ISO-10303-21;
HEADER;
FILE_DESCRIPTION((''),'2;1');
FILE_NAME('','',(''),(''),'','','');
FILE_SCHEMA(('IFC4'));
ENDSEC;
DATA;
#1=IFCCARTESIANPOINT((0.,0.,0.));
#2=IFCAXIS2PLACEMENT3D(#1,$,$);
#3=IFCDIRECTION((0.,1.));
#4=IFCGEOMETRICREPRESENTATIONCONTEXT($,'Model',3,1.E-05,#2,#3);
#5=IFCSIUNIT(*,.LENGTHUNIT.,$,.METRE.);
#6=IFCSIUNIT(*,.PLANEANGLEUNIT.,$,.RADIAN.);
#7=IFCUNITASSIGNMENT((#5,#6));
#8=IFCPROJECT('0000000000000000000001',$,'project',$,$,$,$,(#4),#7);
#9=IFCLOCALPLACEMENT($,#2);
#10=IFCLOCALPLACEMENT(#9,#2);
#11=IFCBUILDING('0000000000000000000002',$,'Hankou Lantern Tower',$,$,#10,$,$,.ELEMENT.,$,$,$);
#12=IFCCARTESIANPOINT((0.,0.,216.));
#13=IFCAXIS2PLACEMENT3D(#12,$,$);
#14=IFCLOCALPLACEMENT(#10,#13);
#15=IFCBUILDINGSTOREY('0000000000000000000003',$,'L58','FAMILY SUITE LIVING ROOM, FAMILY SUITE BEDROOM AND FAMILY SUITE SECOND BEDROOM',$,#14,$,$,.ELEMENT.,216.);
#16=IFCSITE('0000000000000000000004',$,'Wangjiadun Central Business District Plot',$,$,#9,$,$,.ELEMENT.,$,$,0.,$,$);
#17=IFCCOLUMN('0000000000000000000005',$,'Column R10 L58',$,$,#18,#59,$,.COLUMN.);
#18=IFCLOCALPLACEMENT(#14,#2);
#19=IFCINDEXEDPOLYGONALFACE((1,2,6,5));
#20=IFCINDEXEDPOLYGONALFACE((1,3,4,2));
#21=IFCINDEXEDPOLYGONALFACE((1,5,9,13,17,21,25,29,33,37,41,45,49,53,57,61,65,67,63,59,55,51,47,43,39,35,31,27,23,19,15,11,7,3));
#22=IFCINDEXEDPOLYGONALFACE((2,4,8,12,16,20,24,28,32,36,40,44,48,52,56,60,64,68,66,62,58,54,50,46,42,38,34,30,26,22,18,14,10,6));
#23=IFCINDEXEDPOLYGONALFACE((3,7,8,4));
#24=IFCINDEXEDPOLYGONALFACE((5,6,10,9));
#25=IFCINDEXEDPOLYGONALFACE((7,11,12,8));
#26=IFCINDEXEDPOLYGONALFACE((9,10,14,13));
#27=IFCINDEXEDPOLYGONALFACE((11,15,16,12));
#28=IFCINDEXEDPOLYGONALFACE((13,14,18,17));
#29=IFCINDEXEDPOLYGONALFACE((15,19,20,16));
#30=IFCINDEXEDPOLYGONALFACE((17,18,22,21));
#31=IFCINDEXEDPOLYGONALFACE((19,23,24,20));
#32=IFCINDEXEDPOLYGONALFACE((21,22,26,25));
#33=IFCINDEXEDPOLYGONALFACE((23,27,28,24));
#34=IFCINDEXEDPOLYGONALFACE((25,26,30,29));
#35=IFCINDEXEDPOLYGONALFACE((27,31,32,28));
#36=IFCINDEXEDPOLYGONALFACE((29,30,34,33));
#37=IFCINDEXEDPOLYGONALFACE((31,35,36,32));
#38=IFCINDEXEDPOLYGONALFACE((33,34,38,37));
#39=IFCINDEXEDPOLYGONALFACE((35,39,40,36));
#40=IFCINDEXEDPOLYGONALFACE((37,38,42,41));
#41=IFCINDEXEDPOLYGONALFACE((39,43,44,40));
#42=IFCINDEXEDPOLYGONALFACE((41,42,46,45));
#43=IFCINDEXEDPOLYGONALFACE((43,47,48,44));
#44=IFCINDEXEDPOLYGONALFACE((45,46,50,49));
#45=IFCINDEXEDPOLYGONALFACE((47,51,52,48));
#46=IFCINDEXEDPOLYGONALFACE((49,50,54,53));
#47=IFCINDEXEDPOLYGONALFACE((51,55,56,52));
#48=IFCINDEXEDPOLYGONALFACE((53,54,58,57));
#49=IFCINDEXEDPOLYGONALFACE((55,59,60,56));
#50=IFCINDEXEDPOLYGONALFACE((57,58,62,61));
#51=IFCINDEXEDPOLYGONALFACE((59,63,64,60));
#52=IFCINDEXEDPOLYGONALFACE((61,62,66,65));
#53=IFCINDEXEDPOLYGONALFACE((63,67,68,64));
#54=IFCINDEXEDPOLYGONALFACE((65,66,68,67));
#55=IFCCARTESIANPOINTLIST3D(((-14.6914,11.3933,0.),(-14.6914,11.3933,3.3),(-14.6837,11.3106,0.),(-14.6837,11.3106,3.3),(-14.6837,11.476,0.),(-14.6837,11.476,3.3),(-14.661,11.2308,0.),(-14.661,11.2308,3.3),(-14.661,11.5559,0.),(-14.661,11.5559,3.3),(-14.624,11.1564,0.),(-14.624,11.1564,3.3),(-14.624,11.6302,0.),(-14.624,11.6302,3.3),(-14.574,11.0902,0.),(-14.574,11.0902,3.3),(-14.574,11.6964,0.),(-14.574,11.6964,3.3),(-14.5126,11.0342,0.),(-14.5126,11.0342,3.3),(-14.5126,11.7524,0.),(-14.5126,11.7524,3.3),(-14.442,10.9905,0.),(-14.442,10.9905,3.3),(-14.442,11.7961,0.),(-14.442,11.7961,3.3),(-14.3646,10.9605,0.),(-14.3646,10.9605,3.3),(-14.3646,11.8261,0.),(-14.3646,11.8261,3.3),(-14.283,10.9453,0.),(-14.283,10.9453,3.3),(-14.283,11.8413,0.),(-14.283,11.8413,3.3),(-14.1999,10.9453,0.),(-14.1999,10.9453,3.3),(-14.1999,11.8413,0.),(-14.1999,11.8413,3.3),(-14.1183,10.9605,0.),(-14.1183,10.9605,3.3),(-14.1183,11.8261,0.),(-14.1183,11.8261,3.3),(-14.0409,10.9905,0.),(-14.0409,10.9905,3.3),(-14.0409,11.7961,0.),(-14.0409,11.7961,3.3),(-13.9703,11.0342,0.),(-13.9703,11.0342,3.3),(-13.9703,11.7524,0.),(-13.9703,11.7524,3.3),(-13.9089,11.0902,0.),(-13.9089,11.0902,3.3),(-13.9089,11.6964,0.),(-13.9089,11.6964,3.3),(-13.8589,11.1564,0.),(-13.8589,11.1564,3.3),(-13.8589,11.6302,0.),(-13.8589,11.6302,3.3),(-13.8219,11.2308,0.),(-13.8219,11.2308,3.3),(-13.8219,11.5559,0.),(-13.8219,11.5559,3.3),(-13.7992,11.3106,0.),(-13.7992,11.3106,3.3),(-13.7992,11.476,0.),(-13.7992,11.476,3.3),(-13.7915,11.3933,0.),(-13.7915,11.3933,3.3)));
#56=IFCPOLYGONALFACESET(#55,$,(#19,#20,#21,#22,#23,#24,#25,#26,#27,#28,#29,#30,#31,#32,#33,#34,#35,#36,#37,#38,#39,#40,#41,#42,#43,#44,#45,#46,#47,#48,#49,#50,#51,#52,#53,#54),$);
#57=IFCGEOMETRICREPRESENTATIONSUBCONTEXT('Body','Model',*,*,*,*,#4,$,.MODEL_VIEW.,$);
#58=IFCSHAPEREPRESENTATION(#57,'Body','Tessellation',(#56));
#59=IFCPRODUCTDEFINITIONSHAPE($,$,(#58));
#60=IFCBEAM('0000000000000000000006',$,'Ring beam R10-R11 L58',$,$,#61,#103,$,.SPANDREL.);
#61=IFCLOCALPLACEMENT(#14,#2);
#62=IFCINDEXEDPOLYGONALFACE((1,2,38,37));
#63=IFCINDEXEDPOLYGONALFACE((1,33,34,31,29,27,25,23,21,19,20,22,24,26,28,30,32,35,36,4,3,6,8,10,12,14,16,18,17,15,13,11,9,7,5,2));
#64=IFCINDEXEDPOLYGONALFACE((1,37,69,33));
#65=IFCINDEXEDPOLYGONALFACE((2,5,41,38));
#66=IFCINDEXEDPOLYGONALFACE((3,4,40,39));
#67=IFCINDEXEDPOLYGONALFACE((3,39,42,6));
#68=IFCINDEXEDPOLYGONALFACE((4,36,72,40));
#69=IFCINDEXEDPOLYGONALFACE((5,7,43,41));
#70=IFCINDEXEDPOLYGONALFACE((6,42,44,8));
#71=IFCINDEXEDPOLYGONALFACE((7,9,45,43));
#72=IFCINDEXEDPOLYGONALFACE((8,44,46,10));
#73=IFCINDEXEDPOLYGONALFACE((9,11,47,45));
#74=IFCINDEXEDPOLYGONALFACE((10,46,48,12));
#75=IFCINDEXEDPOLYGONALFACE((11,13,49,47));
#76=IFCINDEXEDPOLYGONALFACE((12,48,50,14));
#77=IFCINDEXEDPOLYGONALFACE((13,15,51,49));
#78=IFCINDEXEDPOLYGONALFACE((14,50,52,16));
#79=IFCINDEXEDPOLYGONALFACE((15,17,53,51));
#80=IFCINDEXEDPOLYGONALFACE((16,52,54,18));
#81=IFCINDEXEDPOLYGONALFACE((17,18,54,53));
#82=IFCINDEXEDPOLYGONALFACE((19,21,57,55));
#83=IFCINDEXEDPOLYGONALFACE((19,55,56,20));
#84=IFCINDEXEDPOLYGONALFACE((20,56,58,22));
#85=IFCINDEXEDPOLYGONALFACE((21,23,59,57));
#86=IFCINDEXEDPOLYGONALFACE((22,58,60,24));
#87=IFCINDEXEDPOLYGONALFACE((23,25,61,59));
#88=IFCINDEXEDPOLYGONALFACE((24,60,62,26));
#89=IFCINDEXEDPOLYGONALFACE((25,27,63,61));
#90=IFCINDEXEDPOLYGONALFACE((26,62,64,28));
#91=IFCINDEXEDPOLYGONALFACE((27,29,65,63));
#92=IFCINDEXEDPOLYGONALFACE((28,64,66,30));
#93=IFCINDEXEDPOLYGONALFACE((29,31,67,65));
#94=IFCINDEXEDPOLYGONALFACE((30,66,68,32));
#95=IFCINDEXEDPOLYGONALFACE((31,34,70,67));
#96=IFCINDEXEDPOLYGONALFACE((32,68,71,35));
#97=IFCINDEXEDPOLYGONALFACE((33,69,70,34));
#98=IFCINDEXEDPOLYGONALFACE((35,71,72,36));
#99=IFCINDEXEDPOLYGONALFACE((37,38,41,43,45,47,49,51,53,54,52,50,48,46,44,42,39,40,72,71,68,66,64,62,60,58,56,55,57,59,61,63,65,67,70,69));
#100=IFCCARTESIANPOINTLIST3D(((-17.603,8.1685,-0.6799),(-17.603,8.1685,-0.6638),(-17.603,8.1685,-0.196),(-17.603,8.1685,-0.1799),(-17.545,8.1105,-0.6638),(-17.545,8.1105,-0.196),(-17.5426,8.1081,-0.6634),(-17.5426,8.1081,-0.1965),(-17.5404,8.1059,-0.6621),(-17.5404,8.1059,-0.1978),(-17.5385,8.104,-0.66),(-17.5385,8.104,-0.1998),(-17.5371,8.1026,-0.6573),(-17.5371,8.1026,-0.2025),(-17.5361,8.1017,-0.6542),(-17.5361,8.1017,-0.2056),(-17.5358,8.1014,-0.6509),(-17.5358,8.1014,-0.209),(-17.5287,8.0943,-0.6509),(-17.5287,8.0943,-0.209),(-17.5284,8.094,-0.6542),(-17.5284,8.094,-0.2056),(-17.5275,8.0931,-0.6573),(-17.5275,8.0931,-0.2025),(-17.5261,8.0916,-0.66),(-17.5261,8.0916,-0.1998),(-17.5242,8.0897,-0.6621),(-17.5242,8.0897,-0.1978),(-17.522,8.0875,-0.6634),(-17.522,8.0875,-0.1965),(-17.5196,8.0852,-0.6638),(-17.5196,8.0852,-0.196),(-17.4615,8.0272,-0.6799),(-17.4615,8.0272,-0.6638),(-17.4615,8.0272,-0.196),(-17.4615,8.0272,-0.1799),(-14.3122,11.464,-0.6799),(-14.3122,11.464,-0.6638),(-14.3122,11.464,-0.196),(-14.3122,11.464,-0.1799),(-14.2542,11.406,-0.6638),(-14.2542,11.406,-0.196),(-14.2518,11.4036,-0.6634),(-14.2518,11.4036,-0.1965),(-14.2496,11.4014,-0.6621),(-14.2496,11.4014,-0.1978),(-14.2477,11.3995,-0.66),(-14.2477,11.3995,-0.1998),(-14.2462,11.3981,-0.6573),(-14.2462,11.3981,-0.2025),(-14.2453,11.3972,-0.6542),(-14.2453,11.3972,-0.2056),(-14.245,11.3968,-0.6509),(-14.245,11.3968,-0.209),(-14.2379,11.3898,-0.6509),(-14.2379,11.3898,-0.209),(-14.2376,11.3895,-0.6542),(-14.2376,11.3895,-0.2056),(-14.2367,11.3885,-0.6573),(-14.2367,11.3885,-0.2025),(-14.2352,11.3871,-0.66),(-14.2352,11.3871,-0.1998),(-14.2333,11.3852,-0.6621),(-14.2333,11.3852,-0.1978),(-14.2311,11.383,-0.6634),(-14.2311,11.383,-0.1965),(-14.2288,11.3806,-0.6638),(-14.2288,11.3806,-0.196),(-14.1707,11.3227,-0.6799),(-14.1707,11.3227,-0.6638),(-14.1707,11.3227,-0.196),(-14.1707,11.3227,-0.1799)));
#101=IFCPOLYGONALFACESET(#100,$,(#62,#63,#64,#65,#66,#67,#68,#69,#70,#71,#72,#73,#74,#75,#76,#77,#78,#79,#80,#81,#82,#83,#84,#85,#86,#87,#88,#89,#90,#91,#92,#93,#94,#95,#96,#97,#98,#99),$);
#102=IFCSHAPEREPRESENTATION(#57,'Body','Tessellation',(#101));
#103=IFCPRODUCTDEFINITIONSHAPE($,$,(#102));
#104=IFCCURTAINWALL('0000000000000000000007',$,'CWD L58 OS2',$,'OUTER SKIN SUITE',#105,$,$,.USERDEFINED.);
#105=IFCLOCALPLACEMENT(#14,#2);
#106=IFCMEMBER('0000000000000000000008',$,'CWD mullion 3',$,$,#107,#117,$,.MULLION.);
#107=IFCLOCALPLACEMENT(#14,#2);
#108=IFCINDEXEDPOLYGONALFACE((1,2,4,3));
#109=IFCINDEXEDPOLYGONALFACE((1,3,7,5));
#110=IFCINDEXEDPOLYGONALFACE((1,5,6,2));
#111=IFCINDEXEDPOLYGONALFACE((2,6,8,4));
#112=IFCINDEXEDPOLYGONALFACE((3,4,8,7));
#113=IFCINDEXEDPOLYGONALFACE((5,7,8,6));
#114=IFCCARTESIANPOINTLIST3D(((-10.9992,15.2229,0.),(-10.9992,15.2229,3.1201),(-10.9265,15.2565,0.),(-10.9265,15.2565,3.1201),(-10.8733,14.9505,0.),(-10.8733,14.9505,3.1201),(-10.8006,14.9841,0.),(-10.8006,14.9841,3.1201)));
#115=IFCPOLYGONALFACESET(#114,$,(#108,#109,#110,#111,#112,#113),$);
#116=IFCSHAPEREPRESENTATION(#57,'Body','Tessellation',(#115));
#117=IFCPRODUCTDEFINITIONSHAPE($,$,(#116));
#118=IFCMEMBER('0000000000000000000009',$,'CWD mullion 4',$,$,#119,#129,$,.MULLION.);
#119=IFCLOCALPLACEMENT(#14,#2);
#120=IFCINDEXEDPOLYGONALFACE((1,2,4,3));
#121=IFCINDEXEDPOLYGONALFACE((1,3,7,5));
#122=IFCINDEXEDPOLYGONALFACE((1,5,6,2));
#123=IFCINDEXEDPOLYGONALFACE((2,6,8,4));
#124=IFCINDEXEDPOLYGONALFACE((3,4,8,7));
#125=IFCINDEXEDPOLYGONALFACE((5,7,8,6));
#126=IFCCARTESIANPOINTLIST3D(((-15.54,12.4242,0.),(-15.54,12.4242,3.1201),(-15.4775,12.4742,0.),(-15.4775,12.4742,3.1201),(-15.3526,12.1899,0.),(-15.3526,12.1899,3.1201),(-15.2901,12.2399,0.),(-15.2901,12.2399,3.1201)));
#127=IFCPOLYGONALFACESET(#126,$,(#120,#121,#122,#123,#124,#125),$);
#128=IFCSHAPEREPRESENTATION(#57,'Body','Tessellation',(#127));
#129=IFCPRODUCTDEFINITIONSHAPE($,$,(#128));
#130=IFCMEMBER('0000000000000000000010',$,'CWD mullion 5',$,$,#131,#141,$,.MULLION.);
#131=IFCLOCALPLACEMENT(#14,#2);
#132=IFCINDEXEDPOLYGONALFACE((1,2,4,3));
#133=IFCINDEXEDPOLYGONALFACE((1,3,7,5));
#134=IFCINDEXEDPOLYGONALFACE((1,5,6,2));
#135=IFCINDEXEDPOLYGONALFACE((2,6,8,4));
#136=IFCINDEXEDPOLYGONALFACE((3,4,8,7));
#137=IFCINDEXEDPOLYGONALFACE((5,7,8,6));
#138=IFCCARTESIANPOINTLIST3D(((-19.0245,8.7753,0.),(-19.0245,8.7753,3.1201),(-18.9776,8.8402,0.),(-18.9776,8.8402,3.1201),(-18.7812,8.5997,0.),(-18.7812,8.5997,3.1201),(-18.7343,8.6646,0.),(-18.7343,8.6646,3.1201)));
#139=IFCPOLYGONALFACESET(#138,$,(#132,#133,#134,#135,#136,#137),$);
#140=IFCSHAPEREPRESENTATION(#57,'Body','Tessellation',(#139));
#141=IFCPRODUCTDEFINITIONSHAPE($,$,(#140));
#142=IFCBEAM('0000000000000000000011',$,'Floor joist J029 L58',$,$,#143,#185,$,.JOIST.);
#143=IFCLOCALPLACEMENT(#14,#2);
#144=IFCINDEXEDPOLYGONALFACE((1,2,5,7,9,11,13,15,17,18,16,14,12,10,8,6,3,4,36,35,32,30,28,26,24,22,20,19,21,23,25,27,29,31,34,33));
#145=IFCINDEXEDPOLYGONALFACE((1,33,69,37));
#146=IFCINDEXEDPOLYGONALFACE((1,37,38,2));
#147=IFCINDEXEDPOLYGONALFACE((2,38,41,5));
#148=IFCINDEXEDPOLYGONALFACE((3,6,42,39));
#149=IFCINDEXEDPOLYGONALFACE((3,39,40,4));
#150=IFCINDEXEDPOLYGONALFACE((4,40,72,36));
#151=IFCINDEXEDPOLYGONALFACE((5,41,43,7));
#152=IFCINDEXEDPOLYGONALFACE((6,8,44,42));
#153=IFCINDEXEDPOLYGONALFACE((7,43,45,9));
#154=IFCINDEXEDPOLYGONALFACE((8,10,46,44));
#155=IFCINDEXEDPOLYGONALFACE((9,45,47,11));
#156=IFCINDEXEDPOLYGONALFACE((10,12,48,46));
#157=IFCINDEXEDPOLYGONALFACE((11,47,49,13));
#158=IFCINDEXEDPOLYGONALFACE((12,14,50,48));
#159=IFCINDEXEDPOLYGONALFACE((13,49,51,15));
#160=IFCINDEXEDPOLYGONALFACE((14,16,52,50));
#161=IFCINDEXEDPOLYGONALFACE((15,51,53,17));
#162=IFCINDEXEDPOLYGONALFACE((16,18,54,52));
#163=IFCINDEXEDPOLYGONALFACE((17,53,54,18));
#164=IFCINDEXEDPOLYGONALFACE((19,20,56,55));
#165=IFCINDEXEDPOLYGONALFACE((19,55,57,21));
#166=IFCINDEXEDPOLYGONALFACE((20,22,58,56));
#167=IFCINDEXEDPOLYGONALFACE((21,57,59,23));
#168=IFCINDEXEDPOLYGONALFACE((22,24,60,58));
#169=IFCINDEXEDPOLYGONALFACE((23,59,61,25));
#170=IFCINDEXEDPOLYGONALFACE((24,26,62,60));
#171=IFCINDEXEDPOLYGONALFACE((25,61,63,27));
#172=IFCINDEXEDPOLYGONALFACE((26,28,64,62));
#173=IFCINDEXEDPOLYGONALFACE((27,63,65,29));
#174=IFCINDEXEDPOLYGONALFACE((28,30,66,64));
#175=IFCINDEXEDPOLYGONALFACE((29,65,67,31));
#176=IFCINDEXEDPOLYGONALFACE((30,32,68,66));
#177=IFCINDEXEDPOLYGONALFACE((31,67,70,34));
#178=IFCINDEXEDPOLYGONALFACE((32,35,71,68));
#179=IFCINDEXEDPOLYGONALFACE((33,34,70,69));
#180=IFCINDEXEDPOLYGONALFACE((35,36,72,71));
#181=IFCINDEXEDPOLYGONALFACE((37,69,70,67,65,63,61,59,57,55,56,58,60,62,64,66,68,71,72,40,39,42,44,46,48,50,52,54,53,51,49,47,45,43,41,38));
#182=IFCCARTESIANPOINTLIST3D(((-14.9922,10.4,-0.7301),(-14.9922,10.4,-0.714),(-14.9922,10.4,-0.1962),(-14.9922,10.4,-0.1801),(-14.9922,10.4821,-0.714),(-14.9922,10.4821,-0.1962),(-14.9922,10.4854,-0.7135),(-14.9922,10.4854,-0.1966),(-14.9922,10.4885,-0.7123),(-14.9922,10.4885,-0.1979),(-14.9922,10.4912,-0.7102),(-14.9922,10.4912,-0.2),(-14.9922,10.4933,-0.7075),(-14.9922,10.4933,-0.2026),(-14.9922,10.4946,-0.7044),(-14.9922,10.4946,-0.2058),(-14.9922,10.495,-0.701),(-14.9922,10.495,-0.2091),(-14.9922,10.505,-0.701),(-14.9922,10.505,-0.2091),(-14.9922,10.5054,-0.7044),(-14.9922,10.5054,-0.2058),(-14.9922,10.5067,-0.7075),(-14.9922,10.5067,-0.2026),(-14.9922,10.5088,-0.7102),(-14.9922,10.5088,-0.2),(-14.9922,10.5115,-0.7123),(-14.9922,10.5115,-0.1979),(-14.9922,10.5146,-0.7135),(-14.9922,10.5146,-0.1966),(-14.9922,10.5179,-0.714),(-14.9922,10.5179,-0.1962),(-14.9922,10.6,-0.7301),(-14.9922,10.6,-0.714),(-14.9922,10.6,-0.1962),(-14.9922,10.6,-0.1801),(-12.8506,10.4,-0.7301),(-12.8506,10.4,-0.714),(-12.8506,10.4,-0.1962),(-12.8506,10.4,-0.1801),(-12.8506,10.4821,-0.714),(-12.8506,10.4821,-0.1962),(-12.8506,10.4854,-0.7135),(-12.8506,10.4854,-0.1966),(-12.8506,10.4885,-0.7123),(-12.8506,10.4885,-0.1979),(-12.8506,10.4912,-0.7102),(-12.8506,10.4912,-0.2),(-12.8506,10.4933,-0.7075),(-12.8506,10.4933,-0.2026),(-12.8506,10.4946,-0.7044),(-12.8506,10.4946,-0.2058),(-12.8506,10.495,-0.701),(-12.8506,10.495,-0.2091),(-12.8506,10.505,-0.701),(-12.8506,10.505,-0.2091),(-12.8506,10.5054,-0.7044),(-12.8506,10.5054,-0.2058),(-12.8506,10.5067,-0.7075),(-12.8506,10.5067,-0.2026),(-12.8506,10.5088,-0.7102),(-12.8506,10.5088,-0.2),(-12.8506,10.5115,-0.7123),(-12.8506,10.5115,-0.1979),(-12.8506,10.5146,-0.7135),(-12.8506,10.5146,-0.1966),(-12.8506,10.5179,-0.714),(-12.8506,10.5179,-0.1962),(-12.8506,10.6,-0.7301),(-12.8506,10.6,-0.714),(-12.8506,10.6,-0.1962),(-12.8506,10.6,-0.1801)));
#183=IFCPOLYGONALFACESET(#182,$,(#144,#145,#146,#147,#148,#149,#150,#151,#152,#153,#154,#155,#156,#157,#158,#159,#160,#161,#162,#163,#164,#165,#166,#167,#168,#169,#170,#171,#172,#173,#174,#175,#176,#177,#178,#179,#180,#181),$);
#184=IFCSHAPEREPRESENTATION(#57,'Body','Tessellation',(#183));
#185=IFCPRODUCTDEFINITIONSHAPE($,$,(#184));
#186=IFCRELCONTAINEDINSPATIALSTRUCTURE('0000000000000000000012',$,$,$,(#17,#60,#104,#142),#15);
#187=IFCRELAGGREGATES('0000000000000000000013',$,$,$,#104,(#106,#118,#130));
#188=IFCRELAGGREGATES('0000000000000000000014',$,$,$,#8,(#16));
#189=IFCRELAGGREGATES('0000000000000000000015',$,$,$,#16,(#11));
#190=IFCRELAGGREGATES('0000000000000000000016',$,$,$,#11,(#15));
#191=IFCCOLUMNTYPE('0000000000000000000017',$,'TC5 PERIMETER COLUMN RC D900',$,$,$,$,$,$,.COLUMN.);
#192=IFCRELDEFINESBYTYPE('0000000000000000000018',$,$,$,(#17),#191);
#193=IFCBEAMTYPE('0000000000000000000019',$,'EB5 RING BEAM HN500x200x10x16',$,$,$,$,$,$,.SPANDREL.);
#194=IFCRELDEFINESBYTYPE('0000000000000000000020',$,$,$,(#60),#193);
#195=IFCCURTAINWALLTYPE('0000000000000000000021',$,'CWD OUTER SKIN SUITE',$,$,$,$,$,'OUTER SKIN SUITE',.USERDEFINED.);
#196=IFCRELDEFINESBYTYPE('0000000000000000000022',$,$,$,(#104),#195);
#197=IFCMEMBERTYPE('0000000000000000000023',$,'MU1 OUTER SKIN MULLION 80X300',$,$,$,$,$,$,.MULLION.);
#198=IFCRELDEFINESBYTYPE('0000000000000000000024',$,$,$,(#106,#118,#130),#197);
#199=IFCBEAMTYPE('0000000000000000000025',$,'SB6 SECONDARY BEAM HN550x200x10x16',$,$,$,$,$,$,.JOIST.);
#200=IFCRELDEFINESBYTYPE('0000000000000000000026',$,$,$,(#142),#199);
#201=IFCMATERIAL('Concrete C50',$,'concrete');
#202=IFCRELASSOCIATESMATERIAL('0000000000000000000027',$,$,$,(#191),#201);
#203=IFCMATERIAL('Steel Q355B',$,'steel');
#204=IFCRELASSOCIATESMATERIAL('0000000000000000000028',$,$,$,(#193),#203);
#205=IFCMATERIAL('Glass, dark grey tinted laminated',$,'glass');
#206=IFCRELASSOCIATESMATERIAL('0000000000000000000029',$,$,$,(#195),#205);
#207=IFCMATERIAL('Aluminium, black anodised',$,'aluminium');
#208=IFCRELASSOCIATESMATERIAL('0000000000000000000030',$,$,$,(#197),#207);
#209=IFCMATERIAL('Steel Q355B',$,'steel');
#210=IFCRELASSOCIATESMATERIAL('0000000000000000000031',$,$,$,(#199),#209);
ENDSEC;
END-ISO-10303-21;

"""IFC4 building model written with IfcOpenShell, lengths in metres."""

from ifc_helpers import new_model, si_unit, direction, frame, origin, origin_2d, place, context, subcontext, project, spatial, rectangle, circle, i_section, extrude, material, material_profile, profile_set, type_object, element, aggregate, save


model = new_model("IFC4")

# Units and contexts
model_context = context("Model", 3, precision=1e-05, world=origin(), true_north=direction((0.0, 1.0)))
body_context = subcontext(model_context, "Body", "Model", "MODEL_VIEW")
ifc_project = project(units=[si_unit("LENGTHUNIT", "METRE"), si_unit("PLANEANGLEUNIT", "RADIAN")], contexts=[model_context])

# Site, building, storey
site_placement = place(None, origin())
site = spatial("IfcSite", under=ifc_project, at=site_placement, Name="Wangjiadun Central Business District Plot", CompositionType="ELEMENT", RefElevation=0.0)
building_placement = place(site_placement, origin())
building = spatial("IfcBuilding", under=site, at=building_placement, Name="Hankou Lantern Tower", CompositionType="ELEMENT")
storey_placement = place(building_placement, frame((0.0, 0.0, 216.0)))
storey = spatial("IfcBuildingStorey", under=building, at=storey_placement, Name="L58", Description="FAMILY SUITE LIVING ROOM, FAMILY SUITE BEDROOM AND FAMILY SUITE SECOND BEDROOM", CompositionType="ELEMENT", Elevation=216.0)

# Column
ifc_material_1 = material(Name="Concrete C50", Category="concrete")
ifc_material_profile_1 = material_profile(ifc_material_1, circle(Radius=0.45, at=origin_2d()), Name="RC D900")
ifc_profile_set_1 = profile_set([ifc_material_profile_1], Name="Concrete C50")
column_type = type_object("IfcColumnType", Name="TC5 PERIMETER COLUMN RC D900", PredefinedType="COLUMN", material=ifc_profile_set_1)
column_placement = place(storey_placement, frame((-14.2415, 11.3933, 0.0), z_axis=(0.0, 0.0, 1.0), x_axis=(1.0, 0.0, 0.0)))
element("IfcColumn", 1, at=column_placement, inside=storey, type_object=column_type, Name="Column R10 L58", PredefinedType="COLUMN", context=body_context, shape_type="SweptSolid", body=[
    extrude(circle(Radius=0.45, at=origin_2d()), origin(), (0.0, 0.0, 1.0), 3.3),
])

# Beam
ifc_material_2 = material(Name="Steel Q355B", Category="steel")
ifc_material_profile_2 = material_profile(ifc_material_2, i_section(OverallWidth=0.2, OverallDepth=0.5, WebThickness=0.01, FlangeThickness=0.0161, FilletRadius=0.0129, at=origin_2d()), Name="HN500x200x10x16")
ifc_profile_set_2 = profile_set([ifc_material_profile_2], Name="Steel Q355B")
beam_type_1 = type_object("IfcBeamType", Name="EB5 RING BEAM HN500x200x10x16", PredefinedType="SPANDREL", material=ifc_profile_set_2)
beam_1_placement = place(storey_placement, frame((-14.2415, 11.3933, -0.4299), z_axis=(-0.706609, -0.707605, 0.0), x_axis=(0.707605, -0.706609, 0.0)))
element("IfcBeam", 2, at=beam_1_placement, inside=storey, type_object=beam_type_1, Name="Ring beam R10-R11 L58", PredefinedType="SPANDREL", context=body_context, shape_type="SweptSolid", body=[
    extrude(i_section(OverallWidth=0.2, OverallDepth=0.5, WebThickness=0.01, FlangeThickness=0.0161, FilletRadius=0.0129, at=origin_2d()), origin(), (0.0, 0.0, 1.0), 4.6572),
])

# Curtain wall, members
ifc_material_3 = material(Name="Glass, dark grey tinted laminated", Category="glass")
curtain_wall_type = type_object("IfcCurtainWallType", Name="CWD OUTER SKIN SUITE", ElementType="OUTER SKIN SUITE", PredefinedType="USERDEFINED", material=ifc_material_3)
curtain_wall_placement = place(storey_placement, origin())
curtain_wall = element("IfcCurtainWall", 3, at=curtain_wall_placement, inside=storey, type_object=curtain_wall_type, Name="CWD L58 OS2", ObjectType="OUTER SKIN SUITE", PredefinedType="USERDEFINED")
ifc_material_4 = material(Name="Aluminium, black anodised", Category="aluminium")
ifc_material_profile_3 = material_profile(ifc_material_4, rectangle(XDim=0.0801, YDim=0.3, at=origin_2d()), Name="MU1 80X300")
ifc_profile_set_3 = profile_set([ifc_material_profile_3], Name="Aluminium, black anodised")
member_type_1 = type_object("IfcMemberType", Name="MU1 OUTER SKIN MULLION 80X300", PredefinedType="MULLION", material=ifc_profile_set_3)
member_1_placement = place(storey_placement, frame((-10.8999, 15.1035, 0.0), z_axis=(0.0, 0.0, 1.0), x_axis=(-0.907841, -0.419314, 0.0)))
member_1 = element("IfcMember", 4, at=member_1_placement, type_object=member_type_1, Name="CWD mullion 3", PredefinedType="MULLION", context=body_context, shape_type="SweptSolid", body=[
    extrude(rectangle(XDim=0.0801, YDim=0.3, at=origin_2d()), origin(), (0.0, 0.0, 1.0), 3.1201),
])
member_2_placement = place(storey_placement, frame((-15.415, 12.332, 0.0), z_axis=(0.0, 0.0, 1.0), x_axis=(-0.780869, -0.624695, 0.0)))
member_2 = element("IfcMember", 5, at=member_2_placement, type_object=member_type_1, Name="CWD mullion 4", PredefinedType="MULLION", context=body_context, shape_type="SweptSolid", body=[
    extrude(rectangle(XDim=0.0801, YDim=0.3, at=origin_2d()), origin(), (0.0, 0.0, 1.0), 3.1201),
])
member_3_placement = place(storey_placement, frame((-18.8794, 8.72, 0.0), z_axis=(0.0, 0.0, 1.0), x_axis=(-0.585206, -0.810885, 0.0)))
member_3 = element("IfcMember", 6, at=member_3_placement, type_object=member_type_1, Name="CWD mullion 5", PredefinedType="MULLION", context=body_context, shape_type="SweptSolid", body=[
    extrude(rectangle(XDim=0.0801, YDim=0.3, at=origin_2d()), origin(), (0.0, 0.0, 1.0), 3.1201),
])

# Beam
ifc_material_5 = material(Name="Steel Q355B", Category="steel")
ifc_material_profile_4 = material_profile(ifc_material_5, i_section(OverallWidth=0.2, OverallDepth=0.55, WebThickness=0.01, FlangeThickness=0.0161, FilletRadius=0.0129, at=origin_2d()), Name="HN550x200x10x16")
ifc_profile_set_4 = profile_set([ifc_material_profile_4], Name="Steel Q355B")
beam_type_2 = type_object("IfcBeamType", Name="SB6 SECONDARY BEAM HN550x200x10x16", PredefinedType="JOIST", material=ifc_profile_set_4)
beam_2_placement = place(storey_placement, frame((-14.9922, 10.5, -0.4551), z_axis=(1.0, 0.0, 0.0), x_axis=(0.0, 1.0, 0.0)))
element("IfcBeam", 7, at=beam_2_placement, inside=storey, type_object=beam_type_2, Name="Floor joist J029 L58", PredefinedType="JOIST", context=body_context, shape_type="SweptSolid", body=[
    extrude(i_section(OverallWidth=0.2, OverallDepth=0.55, WebThickness=0.01, FlangeThickness=0.0161, FilletRadius=0.0129, at=origin_2d()), origin(), (0.0, 0.0, 1.0), 2.1416),
])

aggregate(curtain_wall, [member_1, member_2, member_3])

save(model, "model.ifc")
